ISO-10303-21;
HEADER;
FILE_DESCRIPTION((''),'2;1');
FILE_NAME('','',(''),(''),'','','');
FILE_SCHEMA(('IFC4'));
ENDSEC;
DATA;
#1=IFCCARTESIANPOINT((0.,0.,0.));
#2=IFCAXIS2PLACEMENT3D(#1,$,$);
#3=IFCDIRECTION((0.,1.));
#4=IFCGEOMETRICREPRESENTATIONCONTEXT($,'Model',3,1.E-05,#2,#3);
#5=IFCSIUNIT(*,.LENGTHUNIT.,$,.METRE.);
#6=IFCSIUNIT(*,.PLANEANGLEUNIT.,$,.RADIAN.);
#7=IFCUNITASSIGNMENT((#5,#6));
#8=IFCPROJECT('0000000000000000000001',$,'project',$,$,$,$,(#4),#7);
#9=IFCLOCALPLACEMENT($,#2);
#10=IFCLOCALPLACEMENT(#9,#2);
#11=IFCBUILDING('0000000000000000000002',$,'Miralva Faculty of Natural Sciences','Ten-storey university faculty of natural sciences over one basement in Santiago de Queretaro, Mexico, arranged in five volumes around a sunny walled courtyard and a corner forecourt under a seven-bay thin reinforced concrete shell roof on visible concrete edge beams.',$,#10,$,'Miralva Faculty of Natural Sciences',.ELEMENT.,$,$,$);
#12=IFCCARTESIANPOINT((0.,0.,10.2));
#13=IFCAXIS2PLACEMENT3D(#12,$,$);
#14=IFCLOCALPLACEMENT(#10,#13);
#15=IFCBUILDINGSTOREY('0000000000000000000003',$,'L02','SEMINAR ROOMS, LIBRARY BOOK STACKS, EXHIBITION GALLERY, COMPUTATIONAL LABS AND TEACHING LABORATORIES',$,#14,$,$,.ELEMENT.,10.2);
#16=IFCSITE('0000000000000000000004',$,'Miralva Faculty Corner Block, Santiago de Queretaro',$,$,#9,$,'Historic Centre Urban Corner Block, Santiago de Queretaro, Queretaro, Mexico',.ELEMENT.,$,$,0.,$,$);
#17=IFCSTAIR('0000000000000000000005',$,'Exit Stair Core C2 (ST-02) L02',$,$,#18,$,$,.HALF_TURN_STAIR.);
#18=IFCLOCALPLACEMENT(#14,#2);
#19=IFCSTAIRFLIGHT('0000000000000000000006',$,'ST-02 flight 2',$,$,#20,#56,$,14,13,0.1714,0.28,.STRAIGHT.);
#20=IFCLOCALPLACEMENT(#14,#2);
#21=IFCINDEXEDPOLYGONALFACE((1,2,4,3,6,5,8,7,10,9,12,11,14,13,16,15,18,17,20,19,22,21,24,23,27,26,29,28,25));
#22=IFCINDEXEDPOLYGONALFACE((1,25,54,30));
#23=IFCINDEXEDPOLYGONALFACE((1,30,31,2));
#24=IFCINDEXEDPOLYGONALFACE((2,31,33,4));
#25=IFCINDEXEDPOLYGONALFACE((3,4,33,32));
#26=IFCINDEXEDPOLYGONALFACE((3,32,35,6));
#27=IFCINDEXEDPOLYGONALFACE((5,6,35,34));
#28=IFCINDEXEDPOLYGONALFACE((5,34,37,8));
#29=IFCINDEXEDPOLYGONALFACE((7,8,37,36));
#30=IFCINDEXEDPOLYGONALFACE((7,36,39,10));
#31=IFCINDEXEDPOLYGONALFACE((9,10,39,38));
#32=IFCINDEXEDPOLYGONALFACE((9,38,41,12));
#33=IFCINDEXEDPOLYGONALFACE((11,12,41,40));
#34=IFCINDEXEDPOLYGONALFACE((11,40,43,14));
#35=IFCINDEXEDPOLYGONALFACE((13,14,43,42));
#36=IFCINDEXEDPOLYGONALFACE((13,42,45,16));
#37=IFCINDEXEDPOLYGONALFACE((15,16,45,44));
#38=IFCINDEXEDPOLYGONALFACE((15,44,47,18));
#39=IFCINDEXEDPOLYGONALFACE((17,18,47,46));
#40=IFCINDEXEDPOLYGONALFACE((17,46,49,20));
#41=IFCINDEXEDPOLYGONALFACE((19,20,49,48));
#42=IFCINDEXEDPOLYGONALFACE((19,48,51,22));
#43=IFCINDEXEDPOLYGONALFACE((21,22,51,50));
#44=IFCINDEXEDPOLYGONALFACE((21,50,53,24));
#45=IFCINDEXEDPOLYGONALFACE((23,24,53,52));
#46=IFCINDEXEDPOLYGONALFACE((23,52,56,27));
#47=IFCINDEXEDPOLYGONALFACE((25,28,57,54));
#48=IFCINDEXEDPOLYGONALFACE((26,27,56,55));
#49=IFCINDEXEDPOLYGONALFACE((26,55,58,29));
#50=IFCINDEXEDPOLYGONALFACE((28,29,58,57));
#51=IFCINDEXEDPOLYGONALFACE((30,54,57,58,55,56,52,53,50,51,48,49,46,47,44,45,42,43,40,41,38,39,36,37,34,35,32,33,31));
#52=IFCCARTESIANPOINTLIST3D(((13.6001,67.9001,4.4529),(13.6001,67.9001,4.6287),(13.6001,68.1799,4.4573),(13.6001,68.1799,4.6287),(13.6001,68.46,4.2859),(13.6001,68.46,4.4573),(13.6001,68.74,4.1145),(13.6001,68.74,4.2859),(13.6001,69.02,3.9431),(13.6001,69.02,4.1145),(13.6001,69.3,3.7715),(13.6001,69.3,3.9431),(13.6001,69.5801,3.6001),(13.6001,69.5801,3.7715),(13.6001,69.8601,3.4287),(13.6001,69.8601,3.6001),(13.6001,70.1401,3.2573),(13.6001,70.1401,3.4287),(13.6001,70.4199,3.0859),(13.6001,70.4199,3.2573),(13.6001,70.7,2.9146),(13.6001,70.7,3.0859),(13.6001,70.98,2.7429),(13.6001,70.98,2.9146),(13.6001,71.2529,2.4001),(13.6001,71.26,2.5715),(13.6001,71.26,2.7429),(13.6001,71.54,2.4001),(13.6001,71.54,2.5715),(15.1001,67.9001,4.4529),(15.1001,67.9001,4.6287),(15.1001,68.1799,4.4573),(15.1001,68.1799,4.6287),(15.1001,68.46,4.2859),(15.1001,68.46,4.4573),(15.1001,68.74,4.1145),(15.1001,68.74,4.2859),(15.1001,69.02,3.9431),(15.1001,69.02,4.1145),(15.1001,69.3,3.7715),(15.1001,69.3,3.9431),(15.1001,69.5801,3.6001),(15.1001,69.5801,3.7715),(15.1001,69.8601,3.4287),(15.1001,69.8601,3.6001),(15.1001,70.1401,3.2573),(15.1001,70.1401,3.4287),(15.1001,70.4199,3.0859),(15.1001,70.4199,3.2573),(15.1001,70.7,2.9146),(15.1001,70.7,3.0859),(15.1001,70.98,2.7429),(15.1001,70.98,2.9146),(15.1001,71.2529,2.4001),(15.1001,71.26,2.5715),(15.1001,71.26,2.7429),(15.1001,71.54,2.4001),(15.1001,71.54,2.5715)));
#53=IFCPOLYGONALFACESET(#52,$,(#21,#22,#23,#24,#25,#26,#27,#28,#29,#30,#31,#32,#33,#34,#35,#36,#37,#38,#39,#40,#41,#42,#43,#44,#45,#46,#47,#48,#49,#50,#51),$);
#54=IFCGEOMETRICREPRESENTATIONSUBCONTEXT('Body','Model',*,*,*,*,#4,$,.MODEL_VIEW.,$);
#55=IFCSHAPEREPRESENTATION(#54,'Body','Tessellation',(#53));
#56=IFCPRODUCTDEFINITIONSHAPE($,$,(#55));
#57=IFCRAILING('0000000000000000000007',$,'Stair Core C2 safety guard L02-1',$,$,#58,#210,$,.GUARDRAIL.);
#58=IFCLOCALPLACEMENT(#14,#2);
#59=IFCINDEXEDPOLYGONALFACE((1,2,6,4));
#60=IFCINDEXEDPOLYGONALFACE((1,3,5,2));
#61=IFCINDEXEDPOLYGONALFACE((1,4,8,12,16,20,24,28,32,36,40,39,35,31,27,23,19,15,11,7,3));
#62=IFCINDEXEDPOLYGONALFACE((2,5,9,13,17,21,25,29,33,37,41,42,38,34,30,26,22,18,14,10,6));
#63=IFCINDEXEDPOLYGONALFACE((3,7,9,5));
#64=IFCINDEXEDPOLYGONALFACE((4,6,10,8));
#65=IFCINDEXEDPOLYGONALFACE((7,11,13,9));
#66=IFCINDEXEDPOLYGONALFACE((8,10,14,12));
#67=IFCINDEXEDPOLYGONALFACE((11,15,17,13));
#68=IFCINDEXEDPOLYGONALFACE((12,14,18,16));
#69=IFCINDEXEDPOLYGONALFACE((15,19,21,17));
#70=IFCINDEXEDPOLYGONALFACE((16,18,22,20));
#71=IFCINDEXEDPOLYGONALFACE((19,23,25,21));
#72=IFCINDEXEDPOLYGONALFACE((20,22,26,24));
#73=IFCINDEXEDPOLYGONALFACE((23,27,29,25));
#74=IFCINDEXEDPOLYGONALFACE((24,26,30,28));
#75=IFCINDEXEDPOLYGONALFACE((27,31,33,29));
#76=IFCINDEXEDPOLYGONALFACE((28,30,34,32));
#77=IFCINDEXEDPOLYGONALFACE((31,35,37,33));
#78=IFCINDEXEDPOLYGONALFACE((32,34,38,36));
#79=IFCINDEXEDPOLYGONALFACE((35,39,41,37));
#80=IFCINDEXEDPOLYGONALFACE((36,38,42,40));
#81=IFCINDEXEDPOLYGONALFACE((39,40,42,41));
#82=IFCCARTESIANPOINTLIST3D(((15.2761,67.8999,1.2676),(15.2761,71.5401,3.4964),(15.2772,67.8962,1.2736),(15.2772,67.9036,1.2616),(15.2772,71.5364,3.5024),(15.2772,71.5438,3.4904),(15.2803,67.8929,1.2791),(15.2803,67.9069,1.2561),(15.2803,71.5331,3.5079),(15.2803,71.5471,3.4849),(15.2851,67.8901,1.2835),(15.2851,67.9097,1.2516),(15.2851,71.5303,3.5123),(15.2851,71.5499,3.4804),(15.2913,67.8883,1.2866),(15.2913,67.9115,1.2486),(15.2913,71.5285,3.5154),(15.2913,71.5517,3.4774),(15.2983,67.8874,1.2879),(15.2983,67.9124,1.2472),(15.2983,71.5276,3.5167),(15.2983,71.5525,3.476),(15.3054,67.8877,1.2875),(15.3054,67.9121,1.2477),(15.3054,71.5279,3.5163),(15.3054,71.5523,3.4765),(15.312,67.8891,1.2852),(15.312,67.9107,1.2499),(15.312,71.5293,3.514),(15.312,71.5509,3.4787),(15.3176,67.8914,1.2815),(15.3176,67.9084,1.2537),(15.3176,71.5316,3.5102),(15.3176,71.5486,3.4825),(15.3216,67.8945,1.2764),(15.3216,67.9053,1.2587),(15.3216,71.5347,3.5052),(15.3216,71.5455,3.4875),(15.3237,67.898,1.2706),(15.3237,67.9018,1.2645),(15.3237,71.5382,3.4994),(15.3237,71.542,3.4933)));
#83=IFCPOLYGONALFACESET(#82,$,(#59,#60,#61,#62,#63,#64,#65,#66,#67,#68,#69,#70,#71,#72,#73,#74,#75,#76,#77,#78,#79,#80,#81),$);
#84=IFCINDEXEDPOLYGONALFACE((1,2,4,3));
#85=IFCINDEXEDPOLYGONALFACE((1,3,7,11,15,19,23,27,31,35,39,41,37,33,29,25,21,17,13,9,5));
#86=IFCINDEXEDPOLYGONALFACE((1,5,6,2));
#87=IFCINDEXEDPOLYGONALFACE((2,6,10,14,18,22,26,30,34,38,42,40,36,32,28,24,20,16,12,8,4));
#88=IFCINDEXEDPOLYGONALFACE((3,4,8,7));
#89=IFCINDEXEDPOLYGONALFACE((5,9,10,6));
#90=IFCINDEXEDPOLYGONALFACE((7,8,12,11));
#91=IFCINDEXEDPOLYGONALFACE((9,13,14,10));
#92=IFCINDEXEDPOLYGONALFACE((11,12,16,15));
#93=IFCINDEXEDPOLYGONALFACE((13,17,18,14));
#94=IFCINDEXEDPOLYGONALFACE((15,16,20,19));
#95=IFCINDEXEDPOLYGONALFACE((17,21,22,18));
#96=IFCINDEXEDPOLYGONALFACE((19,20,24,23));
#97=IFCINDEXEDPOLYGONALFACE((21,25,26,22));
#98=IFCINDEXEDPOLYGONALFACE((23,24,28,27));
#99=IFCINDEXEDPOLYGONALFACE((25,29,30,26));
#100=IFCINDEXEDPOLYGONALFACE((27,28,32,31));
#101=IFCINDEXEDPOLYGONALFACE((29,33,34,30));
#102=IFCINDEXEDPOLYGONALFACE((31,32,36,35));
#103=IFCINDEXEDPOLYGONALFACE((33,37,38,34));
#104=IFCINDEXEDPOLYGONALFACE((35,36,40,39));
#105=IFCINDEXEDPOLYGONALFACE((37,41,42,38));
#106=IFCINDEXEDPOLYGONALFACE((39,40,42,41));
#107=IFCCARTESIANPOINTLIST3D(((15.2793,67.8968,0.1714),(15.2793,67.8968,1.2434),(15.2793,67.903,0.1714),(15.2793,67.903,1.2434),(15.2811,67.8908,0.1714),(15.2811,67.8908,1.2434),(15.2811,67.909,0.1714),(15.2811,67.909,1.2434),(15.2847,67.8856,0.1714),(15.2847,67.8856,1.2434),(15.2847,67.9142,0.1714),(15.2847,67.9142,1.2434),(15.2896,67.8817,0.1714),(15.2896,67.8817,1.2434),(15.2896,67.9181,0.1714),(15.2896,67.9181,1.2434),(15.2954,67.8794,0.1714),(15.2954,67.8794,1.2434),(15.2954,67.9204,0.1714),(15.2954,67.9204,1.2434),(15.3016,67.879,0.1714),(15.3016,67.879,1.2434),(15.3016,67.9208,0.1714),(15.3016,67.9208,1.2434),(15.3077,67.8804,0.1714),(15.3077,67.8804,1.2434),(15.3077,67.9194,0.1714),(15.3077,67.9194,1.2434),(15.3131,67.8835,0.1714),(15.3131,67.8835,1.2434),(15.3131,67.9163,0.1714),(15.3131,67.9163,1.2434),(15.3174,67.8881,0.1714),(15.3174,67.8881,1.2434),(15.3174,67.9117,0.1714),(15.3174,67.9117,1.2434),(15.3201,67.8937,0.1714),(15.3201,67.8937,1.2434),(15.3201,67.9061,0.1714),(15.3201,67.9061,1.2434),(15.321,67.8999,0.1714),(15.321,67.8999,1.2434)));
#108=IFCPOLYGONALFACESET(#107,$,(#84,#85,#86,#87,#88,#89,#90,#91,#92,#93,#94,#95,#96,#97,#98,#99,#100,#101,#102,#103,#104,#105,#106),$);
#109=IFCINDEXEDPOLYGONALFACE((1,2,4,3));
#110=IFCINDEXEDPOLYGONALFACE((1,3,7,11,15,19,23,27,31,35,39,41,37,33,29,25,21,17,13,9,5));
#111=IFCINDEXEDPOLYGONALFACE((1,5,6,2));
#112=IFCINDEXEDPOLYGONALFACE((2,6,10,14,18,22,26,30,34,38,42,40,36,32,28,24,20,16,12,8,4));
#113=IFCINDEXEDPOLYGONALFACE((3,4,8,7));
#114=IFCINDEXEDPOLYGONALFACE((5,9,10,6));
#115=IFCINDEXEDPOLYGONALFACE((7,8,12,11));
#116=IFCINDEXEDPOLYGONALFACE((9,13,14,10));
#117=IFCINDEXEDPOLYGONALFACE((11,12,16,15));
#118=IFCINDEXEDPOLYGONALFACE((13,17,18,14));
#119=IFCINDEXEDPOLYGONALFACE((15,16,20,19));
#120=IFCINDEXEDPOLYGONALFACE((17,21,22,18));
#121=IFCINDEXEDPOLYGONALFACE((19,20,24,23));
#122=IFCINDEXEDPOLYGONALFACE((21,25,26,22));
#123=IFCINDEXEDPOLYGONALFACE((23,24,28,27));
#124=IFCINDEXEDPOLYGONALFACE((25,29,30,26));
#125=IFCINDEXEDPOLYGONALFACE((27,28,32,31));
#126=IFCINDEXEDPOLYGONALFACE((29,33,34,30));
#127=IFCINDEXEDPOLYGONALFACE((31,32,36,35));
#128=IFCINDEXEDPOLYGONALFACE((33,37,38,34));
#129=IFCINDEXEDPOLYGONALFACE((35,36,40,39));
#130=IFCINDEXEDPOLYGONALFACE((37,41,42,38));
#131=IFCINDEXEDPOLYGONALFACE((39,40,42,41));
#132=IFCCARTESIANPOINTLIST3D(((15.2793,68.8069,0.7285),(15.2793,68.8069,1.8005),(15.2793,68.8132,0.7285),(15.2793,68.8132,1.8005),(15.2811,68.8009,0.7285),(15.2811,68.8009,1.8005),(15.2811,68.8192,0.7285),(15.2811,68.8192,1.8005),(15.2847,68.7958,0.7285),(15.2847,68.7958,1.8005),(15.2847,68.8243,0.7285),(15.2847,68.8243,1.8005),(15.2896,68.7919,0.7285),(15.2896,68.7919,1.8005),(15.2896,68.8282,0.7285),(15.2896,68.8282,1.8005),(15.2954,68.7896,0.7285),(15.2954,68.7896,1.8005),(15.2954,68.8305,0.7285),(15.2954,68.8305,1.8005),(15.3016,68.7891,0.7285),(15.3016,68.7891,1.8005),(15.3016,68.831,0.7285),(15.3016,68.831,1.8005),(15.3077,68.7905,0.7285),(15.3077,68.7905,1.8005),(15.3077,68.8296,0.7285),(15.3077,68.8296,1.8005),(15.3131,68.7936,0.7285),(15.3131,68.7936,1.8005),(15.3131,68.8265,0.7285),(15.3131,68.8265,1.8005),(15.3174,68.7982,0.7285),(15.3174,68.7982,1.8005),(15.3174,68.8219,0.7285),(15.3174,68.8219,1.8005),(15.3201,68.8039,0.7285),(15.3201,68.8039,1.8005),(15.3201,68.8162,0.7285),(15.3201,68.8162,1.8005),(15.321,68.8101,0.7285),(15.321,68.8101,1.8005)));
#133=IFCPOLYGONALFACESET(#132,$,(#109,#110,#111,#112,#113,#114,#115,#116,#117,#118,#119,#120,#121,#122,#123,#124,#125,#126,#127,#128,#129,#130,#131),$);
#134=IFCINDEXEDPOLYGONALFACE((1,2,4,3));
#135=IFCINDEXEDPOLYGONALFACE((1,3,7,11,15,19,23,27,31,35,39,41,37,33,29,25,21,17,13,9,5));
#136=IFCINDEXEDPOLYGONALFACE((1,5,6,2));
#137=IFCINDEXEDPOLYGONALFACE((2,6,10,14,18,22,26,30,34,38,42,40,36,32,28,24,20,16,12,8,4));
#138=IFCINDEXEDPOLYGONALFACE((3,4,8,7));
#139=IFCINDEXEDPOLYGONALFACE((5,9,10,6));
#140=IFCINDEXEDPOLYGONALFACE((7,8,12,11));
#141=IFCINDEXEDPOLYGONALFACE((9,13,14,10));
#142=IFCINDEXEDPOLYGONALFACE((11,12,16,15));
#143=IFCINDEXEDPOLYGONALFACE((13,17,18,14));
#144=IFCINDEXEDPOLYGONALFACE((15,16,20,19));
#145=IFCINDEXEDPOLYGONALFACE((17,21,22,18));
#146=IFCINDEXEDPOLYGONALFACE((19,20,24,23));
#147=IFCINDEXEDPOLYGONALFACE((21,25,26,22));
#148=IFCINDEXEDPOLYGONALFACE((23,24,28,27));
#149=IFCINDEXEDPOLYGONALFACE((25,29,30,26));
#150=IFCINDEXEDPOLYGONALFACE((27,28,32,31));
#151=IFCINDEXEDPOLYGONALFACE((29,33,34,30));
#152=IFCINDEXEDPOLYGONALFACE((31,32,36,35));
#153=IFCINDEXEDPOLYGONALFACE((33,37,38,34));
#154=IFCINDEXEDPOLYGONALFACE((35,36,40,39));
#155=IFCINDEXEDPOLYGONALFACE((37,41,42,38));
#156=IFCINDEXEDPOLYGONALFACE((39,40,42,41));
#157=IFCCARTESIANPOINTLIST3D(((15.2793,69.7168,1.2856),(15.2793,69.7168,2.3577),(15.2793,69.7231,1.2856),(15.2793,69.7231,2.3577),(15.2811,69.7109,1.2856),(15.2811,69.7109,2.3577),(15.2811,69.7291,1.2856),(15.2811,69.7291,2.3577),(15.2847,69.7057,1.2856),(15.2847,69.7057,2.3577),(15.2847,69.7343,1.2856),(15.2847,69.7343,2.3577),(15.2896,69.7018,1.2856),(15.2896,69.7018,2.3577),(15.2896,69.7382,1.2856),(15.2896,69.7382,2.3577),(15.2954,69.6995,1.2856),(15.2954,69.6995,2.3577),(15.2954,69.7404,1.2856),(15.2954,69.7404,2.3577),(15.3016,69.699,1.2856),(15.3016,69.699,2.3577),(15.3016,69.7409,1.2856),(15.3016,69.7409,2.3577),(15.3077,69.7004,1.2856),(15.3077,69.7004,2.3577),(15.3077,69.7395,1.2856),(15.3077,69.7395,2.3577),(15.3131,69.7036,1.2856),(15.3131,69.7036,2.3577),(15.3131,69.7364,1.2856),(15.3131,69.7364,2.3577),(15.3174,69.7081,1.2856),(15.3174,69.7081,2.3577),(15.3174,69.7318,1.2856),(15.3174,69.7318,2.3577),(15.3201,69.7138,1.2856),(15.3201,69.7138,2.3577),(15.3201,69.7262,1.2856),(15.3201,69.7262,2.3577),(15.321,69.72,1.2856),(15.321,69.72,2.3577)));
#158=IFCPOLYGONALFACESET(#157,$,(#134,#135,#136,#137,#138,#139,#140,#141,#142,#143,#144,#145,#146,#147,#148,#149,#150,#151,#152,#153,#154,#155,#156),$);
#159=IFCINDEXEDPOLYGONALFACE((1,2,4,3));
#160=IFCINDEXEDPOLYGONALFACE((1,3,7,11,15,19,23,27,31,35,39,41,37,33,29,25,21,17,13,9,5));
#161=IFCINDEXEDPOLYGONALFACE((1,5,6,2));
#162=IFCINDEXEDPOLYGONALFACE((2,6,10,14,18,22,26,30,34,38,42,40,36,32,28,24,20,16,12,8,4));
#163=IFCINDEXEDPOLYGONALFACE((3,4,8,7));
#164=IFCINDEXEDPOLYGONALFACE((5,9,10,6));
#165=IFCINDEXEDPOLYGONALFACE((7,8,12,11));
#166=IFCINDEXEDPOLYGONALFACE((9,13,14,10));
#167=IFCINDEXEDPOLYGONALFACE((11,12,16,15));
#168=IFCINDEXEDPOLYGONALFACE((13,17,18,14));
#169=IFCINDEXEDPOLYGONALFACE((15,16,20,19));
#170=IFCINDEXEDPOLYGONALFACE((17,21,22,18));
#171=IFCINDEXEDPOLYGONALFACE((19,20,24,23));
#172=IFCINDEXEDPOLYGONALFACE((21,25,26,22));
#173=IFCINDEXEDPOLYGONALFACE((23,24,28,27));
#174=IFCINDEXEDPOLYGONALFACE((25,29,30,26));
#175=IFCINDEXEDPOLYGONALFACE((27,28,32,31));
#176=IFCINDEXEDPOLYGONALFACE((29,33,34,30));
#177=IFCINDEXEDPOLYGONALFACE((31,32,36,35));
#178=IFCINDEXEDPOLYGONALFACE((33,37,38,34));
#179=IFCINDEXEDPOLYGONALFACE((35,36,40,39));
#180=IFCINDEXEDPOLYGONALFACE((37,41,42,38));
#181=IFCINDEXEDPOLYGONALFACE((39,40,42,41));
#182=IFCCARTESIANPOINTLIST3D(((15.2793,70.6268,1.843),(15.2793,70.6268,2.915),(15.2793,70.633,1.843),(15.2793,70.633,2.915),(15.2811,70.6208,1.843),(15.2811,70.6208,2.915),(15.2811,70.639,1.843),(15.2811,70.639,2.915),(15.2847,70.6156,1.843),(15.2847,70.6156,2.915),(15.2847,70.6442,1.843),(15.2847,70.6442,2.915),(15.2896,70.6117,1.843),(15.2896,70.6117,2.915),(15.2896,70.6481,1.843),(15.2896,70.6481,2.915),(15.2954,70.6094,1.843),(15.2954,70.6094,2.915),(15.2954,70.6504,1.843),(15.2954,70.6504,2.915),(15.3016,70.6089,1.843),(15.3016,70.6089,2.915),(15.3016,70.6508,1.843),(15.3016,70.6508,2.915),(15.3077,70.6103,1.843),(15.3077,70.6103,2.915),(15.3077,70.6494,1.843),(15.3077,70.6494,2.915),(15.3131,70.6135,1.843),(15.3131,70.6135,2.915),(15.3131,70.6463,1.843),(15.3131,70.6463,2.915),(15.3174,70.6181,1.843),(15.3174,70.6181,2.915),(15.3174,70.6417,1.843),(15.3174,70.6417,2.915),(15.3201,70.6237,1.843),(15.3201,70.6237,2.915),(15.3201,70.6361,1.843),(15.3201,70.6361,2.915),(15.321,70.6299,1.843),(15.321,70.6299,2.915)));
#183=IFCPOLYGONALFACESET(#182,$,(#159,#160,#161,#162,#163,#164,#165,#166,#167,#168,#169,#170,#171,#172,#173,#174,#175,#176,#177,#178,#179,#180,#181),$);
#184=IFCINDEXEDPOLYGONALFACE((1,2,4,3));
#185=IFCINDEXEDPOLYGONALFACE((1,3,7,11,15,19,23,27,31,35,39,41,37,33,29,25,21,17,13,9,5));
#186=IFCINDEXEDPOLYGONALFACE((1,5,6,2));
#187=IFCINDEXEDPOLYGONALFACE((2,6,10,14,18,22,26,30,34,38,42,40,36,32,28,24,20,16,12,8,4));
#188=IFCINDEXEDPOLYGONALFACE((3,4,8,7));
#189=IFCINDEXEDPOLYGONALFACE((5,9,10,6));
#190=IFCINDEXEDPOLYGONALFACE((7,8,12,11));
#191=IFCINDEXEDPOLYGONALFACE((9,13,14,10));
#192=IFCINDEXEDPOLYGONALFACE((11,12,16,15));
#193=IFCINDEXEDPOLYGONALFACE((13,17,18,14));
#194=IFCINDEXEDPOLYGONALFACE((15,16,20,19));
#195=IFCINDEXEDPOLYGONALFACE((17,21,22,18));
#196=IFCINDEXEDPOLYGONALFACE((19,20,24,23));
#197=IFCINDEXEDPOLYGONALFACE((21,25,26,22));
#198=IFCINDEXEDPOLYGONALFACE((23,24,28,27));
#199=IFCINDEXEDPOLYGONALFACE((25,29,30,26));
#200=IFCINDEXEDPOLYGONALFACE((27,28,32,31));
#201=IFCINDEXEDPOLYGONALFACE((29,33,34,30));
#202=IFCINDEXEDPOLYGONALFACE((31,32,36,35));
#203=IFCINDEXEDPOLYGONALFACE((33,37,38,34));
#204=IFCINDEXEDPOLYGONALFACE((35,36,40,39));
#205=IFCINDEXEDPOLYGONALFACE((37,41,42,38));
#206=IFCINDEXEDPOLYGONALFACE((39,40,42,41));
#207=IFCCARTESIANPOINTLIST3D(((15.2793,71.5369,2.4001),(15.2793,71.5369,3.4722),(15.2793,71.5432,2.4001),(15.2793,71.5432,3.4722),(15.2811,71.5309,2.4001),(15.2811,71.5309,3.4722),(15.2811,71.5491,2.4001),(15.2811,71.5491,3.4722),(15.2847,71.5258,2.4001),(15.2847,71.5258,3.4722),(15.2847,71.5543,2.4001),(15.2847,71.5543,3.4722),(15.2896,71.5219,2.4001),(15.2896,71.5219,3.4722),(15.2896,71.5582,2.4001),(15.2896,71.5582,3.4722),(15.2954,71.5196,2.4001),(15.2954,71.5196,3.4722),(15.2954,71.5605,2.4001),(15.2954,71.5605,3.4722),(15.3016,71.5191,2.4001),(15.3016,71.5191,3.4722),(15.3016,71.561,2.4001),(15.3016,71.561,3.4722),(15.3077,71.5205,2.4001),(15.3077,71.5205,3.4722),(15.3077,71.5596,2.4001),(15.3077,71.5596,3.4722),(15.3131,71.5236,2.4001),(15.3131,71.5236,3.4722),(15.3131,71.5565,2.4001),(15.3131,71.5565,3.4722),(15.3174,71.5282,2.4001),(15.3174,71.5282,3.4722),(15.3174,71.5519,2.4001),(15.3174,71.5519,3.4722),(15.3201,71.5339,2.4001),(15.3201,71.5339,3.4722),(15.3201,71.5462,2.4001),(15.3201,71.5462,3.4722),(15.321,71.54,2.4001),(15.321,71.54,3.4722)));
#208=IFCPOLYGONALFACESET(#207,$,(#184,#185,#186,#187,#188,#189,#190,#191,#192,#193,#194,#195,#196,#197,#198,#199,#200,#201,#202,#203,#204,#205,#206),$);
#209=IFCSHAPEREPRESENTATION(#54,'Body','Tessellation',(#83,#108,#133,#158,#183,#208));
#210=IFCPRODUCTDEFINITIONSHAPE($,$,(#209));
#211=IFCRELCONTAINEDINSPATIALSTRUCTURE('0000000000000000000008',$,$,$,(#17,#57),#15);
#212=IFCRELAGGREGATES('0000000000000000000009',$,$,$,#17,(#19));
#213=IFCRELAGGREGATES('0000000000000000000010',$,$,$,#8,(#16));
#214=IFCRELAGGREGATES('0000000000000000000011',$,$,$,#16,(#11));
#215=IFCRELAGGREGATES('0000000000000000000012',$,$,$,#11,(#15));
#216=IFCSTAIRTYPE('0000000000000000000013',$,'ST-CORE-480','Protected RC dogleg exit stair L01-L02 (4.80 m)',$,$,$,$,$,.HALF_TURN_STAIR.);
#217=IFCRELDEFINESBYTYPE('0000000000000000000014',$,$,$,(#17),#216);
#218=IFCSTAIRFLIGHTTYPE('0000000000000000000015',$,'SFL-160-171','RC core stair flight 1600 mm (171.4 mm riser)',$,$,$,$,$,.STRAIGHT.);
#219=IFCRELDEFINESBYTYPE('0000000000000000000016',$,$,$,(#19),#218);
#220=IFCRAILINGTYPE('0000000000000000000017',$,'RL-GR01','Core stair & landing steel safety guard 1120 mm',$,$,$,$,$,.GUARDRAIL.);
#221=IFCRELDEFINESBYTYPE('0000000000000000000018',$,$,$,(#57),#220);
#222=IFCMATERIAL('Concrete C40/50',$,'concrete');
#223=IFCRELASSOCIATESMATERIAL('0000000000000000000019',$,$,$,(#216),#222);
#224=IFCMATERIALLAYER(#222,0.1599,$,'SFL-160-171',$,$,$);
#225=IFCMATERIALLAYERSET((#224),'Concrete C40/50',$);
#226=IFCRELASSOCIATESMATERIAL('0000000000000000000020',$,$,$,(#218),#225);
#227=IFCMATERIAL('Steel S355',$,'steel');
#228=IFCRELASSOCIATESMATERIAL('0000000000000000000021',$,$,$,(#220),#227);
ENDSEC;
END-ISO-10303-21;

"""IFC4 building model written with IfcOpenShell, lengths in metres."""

from ifc_helpers import new_model, si_unit, direction, frame, origin, origin_2d, place, context, subcontext, project, spatial, polyline, circle, outline, extrude, material, layer, layer_set, type_object, element, aggregate, save


model = new_model("IFC4")

# Units and contexts
model_context = context("Model", 3, precision=1e-05, world=origin(), true_north=direction((0.0, 1.0)))
body_context = subcontext(model_context, "Body", "Model", "MODEL_VIEW")
ifc_project = project(units=[si_unit("LENGTHUNIT", "METRE"), si_unit("PLANEANGLEUNIT", "RADIAN")], contexts=[model_context])

# Site, building, storey
site_placement = place(None, origin())
site = spatial("IfcSite", under=ifc_project, at=site_placement, Name="Miralva Faculty Corner Block, Santiago de Queretaro", LongName="Historic Centre Urban Corner Block, Santiago de Queretaro, Queretaro, Mexico", CompositionType="ELEMENT", RefElevation=0.0)
building_placement = place(site_placement, origin())
building = spatial("IfcBuilding", under=site, at=building_placement, Name="Miralva Faculty of Natural Sciences", Description="Ten-storey university faculty of natural sciences over one basement in Santiago de Queretaro, Mexico, arranged in five volumes around a sunny walled courtyard and a corner forecourt under a seven-bay thin reinforced concrete shell roof on visible concrete edge beams.", LongName="Miralva Faculty of Natural Sciences", CompositionType="ELEMENT")
storey_placement = place(building_placement, frame((0.0, 0.0, 10.2)))
storey = spatial("IfcBuildingStorey", under=building, at=storey_placement, Name="L02", Description="SEMINAR ROOMS, LIBRARY BOOK STACKS, EXHIBITION GALLERY, COMPUTATIONAL LABS AND TEACHING LABORATORIES", CompositionType="ELEMENT", Elevation=10.2)

# Shared definitions
ifc_material_1 = material(Name="Concrete C40/50", Category="concrete")

# Stair, stair flight
stair_type = type_object("IfcStairType", Name="ST-CORE-480", Description="Protected RC dogleg exit stair L01-L02 (4.80 m)", PredefinedType="HALF_TURN_STAIR", material=ifc_material_1)
stair_placement = place(storey_placement, origin())
stair = element("IfcStair", 1, at=stair_placement, inside=storey, type_object=stair_type, Name="Exit Stair Core C2 (ST-02) L02", PredefinedType="HALF_TURN_STAIR")
ifc_layer_1 = layer(ifc_material_1, 0.1599, Name="SFL-160-171")
ifc_layer_set_1 = layer_set([ifc_layer_1], Name="Concrete C40/50")
stair_flight_type = type_object("IfcStairFlightType", Name="SFL-160-171", Description="RC core stair flight 1600 mm (171.4 mm riser)", PredefinedType="STRAIGHT", material=ifc_layer_set_1)
stair_flight_1_placement = place(storey_placement, frame((14.3501, 71.54, 2.4001), z_axis=(0.0, 0.0, 1.0), x_axis=(0.0, -1.0, 0.0)))
stair_flight_1 = element("IfcStairFlight", 2, at=stair_flight_1_placement, type_object=stair_flight_type, Name="ST-02 flight 2", NumberOfRisers=14, NumberOfTreads=13, PredefinedType="STRAIGHT", RiserHeight=0.1714, TreadLength=0.28, context=body_context, shape_type="SweptSolid", body=[
    extrude(outline(polyline([(0.0, 0.0), (0.0, 0.1714), (0.28, 0.1714), (0.28, 0.3428), (0.5601, 0.3428), (0.5601, 0.5144), (0.8401, 0.5144), (0.8401, 0.6858), (1.1201, 0.6858), (1.1201, 0.8572), (1.3999, 0.8572), (1.3999, 1.0286), (1.6799, 1.0286), (1.6799, 1.2), (1.96, 1.2), (1.96, 1.3713), (2.24, 1.3713), (2.24, 1.543), (2.52, 1.543), (2.52, 1.7144), (2.8, 1.7144), (2.8, 1.8857), (3.0801, 1.8857), (3.0801, 2.0571), (3.3601, 2.0571), (3.3601, 2.2285), (3.6399, 2.2285), (3.6399, 2.3999), (3.6399, 2.0527), (0.2871, 0.0), (0.0, 0.0)])), frame((0.0, 0.75, 0.0), z_axis=(0.0, -1.0, 0.0), x_axis=(1.0, 0.0, 0.0)), (0.0, 0.0, 1.0), 1.5),
])
aggregate(stair, [stair_flight_1])

# Railing
ifc_material_2 = material(Name="Steel S355", Category="steel")
railing_type_1 = type_object("IfcRailingType", Name="RL-GR01", Description="Core stair & landing steel safety guard 1120 mm", PredefinedType="GUARDRAIL", material=ifc_material_2)
railing_1_placement = place(storey_placement, frame((15.3, 67.8999, 0.1714)))
element("IfcRailing", 3, at=railing_1_placement, inside=storey, type_object=railing_type_1, Name="Stair Core C2 safety guard L02-1", PredefinedType="GUARDRAIL", context=body_context, shape_type="SweptSolid", body=[
    extrude(circle(Radius=0.0239, at=origin_2d()), frame((0.0, 0.0, 1.0962), z_axis=(0.0, 0.85284, 0.522172), x_axis=(-1.0, 0.0, 0.0)), (0.0, 0.0, 1.0), 4.2683),
    extrude(circle(Radius=0.021, at=origin_2d()), origin(), (0.0, 0.0, 1.0), 1.072),
    extrude(circle(Radius=0.021, at=origin_2d()), frame((0.0, 0.9102, 0.5571)), (0.0, 0.0, 1.0), 1.072),
    extrude(circle(Radius=0.021, at=origin_2d()), frame((0.0, 1.8201, 1.1143)), (0.0, 0.0, 1.0), 1.072),
    extrude(circle(Radius=0.021, at=origin_2d()), frame((0.0, 2.73, 1.6716)), (0.0, 0.0, 1.0), 1.072),
    extrude(circle(Radius=0.021, at=origin_2d()), frame((0.0, 3.6401, 2.2288)), (0.0, 0.0, 1.0), 1.072),
])

save(model, "model.ifc")
